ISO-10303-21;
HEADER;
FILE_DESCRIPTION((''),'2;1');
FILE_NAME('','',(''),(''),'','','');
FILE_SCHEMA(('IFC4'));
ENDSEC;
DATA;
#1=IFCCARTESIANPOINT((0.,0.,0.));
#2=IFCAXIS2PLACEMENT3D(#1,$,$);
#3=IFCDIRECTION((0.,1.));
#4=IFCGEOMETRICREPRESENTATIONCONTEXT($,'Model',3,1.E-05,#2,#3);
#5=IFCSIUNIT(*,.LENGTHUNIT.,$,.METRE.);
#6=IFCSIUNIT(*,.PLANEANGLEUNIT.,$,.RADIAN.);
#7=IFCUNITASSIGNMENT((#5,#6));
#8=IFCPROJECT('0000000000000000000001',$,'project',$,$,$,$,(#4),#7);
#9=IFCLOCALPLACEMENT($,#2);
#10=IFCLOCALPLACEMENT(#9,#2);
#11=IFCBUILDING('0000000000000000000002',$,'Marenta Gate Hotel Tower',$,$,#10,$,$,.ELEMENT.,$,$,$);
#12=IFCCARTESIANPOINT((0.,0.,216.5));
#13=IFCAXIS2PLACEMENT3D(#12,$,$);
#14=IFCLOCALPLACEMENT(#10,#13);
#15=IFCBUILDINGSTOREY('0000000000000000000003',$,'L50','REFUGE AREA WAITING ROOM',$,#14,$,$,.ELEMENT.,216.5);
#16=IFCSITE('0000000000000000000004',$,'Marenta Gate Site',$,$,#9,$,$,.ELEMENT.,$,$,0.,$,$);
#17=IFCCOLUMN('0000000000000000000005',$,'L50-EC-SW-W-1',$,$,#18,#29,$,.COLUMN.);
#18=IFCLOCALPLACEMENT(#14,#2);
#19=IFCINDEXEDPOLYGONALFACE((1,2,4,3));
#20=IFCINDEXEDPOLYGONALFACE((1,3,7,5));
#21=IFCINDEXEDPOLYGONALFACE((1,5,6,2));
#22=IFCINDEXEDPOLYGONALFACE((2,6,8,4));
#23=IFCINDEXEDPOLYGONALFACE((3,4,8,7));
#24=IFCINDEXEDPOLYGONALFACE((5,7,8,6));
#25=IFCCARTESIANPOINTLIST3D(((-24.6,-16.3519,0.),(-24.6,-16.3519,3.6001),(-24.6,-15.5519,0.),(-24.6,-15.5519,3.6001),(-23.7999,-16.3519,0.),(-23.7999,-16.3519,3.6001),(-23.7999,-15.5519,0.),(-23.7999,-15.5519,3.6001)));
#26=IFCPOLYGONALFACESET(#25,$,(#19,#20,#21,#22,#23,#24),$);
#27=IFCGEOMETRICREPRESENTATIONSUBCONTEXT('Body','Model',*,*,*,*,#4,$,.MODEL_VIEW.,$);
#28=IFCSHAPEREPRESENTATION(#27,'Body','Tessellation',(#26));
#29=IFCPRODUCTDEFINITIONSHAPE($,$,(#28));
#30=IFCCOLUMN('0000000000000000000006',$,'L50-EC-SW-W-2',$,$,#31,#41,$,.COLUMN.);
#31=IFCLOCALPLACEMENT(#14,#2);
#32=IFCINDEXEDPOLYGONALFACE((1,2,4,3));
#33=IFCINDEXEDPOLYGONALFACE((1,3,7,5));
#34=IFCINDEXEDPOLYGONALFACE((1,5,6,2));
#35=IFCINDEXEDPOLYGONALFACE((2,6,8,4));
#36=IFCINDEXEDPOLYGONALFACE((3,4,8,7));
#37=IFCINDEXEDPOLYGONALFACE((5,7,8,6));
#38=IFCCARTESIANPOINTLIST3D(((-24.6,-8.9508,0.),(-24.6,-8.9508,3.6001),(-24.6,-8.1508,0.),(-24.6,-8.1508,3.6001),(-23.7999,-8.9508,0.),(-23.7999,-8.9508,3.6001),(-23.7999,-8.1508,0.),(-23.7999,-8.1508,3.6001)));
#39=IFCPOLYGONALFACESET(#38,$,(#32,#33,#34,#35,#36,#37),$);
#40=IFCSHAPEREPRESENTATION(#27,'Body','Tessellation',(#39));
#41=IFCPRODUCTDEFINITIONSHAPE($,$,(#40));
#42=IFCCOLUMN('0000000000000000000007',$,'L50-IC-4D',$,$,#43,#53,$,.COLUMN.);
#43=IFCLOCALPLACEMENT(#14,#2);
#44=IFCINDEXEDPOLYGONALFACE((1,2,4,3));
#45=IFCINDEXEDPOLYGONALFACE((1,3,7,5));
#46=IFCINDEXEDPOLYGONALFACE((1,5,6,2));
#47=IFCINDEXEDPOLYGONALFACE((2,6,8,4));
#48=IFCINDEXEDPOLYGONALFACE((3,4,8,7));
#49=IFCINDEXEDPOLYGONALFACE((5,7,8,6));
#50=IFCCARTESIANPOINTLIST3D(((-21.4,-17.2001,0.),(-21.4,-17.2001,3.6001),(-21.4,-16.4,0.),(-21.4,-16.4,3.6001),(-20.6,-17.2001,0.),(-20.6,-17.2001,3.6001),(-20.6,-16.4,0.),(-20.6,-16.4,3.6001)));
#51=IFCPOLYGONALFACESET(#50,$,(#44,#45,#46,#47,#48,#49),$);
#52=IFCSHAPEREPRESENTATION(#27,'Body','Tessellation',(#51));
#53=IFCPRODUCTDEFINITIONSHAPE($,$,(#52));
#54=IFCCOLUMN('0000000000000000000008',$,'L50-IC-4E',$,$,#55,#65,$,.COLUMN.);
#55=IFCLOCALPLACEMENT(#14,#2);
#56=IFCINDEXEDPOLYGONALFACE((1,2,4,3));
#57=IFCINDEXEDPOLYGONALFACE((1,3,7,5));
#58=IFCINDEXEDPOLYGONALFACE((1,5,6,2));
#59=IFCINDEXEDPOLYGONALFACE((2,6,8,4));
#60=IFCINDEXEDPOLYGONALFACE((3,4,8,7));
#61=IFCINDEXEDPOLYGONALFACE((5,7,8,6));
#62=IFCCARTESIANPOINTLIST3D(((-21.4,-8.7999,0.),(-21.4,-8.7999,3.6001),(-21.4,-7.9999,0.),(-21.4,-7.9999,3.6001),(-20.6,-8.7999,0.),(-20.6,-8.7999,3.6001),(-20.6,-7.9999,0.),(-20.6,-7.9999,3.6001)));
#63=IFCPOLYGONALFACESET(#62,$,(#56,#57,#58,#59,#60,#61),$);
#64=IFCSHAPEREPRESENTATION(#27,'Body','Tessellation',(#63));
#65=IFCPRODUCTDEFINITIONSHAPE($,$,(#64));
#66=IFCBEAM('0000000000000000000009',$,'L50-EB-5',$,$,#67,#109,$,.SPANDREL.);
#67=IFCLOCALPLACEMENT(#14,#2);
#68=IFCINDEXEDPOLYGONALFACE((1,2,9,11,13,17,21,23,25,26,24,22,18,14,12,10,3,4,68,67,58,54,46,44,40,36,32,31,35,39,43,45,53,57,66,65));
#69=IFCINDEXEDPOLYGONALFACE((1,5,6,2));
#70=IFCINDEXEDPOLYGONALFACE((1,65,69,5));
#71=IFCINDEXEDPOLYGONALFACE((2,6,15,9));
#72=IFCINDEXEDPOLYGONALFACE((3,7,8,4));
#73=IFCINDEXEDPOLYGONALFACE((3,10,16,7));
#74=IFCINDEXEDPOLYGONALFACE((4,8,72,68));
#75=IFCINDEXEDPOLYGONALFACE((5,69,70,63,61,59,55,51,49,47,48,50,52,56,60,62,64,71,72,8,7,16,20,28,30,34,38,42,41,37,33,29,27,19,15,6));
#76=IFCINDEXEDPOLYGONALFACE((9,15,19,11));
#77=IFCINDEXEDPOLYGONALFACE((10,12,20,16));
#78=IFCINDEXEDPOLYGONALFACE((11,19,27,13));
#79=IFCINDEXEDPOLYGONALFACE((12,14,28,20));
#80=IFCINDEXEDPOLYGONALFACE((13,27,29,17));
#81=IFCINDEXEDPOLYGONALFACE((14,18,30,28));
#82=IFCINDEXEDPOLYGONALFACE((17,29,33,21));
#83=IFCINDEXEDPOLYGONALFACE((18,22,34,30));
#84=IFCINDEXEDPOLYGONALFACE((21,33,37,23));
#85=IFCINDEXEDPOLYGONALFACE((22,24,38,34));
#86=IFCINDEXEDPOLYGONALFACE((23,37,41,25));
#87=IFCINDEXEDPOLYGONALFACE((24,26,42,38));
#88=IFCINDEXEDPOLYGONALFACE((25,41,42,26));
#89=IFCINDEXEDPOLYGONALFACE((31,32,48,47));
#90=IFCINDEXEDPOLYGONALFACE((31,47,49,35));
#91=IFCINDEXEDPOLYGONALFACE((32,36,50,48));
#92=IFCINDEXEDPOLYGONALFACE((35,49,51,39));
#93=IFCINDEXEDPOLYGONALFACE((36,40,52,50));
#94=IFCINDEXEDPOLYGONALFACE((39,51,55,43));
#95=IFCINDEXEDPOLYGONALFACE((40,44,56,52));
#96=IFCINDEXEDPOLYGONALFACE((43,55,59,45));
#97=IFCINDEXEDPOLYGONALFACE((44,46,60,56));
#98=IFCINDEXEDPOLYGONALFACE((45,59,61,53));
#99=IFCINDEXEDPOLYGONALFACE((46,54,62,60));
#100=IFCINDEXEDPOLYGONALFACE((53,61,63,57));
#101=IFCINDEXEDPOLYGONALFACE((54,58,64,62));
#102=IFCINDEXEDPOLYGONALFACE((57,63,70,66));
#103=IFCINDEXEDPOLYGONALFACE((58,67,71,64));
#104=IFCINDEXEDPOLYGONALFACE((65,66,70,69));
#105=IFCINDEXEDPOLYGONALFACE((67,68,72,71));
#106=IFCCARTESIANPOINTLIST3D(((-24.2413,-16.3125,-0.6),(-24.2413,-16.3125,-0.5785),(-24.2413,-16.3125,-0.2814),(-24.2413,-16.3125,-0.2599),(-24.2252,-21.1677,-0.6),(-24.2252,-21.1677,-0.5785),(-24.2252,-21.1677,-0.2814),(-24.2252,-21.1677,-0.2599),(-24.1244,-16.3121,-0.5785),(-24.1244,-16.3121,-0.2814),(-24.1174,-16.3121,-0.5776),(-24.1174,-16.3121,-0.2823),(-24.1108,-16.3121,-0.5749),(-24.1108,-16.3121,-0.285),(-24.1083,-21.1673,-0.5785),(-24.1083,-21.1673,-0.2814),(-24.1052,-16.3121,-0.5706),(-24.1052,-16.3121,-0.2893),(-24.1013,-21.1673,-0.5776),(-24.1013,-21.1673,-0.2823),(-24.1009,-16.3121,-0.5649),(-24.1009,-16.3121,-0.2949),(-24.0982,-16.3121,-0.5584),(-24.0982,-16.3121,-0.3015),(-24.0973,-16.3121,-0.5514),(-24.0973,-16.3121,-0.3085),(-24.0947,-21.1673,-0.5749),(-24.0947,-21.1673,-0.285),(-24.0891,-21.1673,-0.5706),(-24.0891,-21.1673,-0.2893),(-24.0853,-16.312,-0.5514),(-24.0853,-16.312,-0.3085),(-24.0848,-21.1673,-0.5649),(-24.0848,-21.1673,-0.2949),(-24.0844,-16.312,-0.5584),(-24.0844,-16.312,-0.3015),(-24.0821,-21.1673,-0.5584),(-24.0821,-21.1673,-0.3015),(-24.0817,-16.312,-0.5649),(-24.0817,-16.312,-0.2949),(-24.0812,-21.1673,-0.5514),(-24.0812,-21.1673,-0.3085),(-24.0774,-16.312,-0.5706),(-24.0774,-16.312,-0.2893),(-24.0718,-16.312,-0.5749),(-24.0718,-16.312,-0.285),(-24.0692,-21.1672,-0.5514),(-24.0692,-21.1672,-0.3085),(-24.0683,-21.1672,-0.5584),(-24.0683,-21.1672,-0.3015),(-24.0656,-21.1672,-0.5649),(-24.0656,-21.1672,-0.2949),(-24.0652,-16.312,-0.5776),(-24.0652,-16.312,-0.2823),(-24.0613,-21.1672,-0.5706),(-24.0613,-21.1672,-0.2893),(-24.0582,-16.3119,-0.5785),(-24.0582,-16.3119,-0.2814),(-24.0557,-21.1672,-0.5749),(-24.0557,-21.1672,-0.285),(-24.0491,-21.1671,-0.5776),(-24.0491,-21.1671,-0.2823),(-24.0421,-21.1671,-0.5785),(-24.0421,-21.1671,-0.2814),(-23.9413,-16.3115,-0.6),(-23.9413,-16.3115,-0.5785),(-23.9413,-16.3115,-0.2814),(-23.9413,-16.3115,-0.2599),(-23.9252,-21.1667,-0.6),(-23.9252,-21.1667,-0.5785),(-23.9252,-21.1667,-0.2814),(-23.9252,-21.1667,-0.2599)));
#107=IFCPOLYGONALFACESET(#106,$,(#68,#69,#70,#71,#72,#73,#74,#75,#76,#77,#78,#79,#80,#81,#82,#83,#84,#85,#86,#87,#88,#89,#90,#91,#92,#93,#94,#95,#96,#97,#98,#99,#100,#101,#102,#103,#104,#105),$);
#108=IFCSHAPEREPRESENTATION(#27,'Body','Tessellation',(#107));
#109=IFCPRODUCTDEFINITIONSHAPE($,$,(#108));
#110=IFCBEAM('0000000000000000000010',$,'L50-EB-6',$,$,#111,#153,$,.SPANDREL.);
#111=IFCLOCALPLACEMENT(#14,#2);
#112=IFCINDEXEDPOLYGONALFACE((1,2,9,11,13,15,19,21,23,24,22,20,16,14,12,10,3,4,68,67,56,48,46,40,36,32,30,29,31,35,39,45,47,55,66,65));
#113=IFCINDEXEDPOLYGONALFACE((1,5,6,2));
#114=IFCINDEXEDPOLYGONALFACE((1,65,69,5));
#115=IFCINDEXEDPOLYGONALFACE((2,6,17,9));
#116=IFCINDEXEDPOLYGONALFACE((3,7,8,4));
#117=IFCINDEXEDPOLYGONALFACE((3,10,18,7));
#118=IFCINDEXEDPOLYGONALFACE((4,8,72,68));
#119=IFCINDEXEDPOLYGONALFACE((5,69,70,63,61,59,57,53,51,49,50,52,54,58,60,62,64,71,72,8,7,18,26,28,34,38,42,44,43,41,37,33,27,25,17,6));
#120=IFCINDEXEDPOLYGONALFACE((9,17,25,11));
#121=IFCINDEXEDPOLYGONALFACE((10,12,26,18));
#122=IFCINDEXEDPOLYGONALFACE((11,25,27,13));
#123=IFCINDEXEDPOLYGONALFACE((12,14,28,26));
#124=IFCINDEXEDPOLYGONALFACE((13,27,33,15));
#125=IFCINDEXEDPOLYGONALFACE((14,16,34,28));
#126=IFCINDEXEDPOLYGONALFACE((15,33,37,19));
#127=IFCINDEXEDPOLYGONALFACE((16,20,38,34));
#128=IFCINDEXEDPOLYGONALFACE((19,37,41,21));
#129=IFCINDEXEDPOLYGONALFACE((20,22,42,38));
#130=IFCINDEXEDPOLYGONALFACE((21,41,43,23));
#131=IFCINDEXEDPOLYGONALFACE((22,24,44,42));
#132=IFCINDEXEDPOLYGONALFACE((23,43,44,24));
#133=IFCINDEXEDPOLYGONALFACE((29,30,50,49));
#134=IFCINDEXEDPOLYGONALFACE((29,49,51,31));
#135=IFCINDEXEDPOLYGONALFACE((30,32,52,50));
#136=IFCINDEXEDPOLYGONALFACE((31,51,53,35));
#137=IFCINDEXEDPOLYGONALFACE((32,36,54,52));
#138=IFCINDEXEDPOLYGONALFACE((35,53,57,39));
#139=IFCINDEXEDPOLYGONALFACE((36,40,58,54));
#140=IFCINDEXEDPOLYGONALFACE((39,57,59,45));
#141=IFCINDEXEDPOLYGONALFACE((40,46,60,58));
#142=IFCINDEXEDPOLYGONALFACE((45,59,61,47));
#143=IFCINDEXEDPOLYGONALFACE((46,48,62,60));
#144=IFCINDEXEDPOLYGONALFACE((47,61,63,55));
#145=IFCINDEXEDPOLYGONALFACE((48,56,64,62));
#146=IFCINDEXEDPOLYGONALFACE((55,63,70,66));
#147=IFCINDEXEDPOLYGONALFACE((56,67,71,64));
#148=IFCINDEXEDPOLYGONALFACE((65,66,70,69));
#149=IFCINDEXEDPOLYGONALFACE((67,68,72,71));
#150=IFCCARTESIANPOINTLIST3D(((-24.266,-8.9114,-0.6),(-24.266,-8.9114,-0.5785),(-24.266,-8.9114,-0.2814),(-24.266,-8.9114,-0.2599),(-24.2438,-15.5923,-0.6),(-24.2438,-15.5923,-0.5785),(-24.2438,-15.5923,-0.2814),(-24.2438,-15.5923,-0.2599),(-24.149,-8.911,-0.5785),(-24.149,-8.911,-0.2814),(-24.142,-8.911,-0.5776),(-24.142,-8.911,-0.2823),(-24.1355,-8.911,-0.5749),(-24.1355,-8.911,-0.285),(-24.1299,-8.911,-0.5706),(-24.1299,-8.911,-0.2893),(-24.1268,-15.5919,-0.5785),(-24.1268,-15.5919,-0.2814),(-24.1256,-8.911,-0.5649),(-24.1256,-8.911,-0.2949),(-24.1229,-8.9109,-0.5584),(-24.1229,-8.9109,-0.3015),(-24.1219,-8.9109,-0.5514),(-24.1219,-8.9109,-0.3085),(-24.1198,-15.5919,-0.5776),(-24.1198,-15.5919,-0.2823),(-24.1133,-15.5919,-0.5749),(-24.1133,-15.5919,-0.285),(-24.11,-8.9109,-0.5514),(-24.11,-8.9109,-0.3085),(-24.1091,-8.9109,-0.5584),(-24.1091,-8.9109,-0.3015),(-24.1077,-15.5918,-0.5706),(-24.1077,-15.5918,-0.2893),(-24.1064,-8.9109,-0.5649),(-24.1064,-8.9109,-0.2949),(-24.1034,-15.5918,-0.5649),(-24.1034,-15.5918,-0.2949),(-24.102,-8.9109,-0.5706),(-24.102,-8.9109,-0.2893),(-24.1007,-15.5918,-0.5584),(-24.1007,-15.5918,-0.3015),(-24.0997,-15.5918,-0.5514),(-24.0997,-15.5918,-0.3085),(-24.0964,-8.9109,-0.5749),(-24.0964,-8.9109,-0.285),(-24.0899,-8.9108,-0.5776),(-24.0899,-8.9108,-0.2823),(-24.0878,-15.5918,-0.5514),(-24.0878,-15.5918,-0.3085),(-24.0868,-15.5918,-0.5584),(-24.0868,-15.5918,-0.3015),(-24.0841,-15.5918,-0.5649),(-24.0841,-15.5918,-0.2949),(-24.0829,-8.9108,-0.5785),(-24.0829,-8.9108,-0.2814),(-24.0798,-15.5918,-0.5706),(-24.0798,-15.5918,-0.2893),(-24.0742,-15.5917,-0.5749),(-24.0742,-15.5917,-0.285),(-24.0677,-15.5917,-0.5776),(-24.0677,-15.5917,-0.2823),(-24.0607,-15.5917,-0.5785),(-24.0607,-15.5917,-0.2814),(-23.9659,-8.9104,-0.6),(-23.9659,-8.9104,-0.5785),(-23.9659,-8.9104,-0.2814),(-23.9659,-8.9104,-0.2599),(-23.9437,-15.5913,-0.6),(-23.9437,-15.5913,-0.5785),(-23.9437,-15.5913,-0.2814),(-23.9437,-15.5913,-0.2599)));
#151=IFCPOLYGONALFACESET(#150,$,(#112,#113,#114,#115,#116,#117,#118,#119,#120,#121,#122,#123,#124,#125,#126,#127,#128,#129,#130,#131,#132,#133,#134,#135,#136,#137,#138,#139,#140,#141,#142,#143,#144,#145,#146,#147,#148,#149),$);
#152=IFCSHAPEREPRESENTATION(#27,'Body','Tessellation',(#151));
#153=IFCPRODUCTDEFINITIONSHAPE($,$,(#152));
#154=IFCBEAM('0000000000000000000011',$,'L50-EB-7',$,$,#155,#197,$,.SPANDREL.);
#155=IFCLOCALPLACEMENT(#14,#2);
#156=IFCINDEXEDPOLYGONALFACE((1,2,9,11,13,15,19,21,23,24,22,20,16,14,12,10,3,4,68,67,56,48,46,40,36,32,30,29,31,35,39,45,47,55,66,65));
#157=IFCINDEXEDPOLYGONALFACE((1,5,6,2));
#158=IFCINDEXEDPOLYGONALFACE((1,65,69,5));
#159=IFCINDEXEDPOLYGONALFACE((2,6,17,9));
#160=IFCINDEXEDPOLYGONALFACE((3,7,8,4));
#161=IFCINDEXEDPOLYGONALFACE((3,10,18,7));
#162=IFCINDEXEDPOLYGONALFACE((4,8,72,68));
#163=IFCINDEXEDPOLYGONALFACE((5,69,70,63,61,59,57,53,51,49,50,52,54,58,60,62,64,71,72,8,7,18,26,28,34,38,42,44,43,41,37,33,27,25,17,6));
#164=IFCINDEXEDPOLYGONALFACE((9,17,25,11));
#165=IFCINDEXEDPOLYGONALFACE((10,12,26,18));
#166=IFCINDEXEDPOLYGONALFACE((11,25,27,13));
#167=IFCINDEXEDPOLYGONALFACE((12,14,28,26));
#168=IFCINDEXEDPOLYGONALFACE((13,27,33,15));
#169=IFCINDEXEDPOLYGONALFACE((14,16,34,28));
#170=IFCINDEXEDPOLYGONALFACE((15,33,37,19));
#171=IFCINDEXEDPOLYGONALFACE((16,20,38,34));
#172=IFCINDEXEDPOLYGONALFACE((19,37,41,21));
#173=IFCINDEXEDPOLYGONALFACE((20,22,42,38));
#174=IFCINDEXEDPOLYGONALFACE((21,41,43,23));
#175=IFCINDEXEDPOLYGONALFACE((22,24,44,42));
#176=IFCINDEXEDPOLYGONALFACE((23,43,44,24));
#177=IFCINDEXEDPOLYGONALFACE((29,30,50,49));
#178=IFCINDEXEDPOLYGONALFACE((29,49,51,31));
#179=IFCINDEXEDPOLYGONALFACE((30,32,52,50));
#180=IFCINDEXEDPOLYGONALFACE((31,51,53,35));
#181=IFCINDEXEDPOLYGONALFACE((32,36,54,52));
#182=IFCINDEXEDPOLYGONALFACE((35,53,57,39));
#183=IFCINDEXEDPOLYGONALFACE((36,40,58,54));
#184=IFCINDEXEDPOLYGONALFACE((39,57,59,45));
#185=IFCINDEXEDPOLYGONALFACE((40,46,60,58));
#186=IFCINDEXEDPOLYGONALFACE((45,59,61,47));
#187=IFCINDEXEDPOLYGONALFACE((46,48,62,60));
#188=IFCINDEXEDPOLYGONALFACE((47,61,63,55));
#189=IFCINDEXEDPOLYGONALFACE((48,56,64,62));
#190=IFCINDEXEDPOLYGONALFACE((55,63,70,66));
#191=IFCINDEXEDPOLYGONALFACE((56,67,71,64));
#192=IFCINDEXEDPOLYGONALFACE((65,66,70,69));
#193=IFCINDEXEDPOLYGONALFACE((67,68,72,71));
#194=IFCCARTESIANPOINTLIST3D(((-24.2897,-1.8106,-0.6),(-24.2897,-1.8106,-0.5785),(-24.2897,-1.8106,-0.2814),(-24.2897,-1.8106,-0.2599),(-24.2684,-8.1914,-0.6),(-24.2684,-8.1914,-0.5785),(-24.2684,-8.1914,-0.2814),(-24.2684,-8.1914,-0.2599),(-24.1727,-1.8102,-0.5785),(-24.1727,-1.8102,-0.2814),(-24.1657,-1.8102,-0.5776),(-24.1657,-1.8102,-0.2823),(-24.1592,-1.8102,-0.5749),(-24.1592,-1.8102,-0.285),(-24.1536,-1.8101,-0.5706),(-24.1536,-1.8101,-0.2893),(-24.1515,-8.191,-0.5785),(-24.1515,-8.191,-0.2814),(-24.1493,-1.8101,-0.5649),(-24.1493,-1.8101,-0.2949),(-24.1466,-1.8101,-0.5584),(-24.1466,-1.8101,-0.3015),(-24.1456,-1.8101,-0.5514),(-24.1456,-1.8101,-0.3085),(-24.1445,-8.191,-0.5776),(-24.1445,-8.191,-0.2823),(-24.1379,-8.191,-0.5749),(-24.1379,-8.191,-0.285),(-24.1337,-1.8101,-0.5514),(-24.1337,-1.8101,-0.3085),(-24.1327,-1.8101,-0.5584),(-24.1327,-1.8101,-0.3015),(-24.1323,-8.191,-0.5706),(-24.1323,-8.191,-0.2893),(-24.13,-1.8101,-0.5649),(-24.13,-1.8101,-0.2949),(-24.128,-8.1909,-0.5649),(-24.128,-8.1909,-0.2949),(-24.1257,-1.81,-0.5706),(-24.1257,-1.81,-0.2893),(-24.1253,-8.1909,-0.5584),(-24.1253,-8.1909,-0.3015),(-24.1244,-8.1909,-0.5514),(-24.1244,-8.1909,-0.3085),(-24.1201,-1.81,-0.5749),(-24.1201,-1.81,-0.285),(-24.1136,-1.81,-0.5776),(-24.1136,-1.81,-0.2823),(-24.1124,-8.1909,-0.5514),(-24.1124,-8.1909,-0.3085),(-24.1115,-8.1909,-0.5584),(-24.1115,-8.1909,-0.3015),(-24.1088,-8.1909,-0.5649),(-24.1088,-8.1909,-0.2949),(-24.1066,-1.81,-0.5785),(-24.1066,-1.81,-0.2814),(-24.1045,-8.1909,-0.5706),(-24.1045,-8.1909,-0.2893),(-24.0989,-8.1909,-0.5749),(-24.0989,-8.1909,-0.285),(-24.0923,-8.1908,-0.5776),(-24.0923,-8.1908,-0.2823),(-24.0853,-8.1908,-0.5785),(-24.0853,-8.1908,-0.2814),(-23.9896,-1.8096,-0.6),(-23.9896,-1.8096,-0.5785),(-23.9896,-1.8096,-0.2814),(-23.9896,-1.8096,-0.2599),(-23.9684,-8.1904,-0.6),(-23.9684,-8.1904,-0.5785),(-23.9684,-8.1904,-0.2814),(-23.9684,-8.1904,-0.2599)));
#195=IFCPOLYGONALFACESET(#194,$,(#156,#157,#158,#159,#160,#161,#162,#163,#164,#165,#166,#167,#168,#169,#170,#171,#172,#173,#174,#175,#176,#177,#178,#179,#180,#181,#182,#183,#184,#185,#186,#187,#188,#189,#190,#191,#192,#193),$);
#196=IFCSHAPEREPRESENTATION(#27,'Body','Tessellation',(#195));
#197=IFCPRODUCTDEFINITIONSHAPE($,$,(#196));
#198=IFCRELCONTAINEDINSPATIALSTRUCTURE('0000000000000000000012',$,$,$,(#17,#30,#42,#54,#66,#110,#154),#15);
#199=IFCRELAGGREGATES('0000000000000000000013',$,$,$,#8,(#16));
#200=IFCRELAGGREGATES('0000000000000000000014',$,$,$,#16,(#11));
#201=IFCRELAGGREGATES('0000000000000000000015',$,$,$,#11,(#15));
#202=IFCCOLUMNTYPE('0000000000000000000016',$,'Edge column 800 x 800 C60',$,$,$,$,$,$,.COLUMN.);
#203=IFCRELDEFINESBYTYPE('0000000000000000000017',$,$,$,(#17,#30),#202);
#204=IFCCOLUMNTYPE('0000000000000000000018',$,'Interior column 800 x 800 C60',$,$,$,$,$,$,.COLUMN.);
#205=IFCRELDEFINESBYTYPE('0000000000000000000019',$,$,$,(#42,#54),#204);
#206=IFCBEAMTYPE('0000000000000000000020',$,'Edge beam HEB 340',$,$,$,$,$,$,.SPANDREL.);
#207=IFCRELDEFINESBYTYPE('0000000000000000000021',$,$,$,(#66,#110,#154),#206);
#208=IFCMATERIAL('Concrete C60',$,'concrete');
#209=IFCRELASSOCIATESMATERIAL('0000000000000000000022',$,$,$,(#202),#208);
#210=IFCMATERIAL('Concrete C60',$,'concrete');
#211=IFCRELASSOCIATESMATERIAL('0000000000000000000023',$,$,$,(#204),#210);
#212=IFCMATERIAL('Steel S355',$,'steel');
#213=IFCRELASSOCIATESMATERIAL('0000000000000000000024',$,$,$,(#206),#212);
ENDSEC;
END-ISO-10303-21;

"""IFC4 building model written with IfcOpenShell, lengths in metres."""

from ifc_helpers import new_model, si_unit, direction, frame, origin, origin_2d, place, context, subcontext, project, spatial, rectangle, i_section, extrude, material, material_profile, profile_set, type_object, element, save


model = new_model("IFC4")

# Units and contexts
model_context = context("Model", 3, precision=1e-05, world=origin(), true_north=direction((0.0, 1.0)))
body_context = subcontext(model_context, "Body", "Model", "MODEL_VIEW")
ifc_project = project(units=[si_unit("LENGTHUNIT", "METRE"), si_unit("PLANEANGLEUNIT", "RADIAN")], contexts=[model_context])

# Site, building, storey
site_placement = place(None, origin())
site = spatial("IfcSite", under=ifc_project, at=site_placement, Name="Marenta Gate Site", CompositionType="ELEMENT", RefElevation=0.0)
building_placement = place(site_placement, origin())
building = spatial("IfcBuilding", under=site, at=building_placement, Name="Marenta Gate Hotel Tower", CompositionType="ELEMENT")
storey_placement = place(building_placement, frame((0.0, 0.0, 216.5)))
storey = spatial("IfcBuildingStorey", under=building, at=storey_placement, Name="L50", Description="REFUGE AREA WAITING ROOM", CompositionType="ELEMENT", Elevation=216.5)

# Columns
ifc_material_1 = material(Name="Concrete C60", Category="concrete")
ifc_material_profile_1 = material_profile(ifc_material_1, rectangle(XDim=0.8, YDim=0.8, at=origin_2d()), Name="800 x 800")
ifc_profile_set_1 = profile_set([ifc_material_profile_1], Name="Concrete C60")
column_type_1 = type_object("IfcColumnType", Name="Edge column 800 x 800 C60", PredefinedType="COLUMN", material=ifc_profile_set_1)
for number, where, z_axis, x_axis, name in (
    (1, (-24.2, -15.9519, 0.0), (0.0, 0.0, 1.0), (1.0, 0.0, 0.0), "L50-EC-SW-W-1"),
    (2, (-24.2, -8.5508, 0.0), (0.0, 0.0, 1.0), (1.0, 0.0, 0.0), "L50-EC-SW-W-2"),
):
    element("IfcColumn", number, at=place(storey_placement, frame(where, z_axis=z_axis, x_axis=x_axis)), inside=storey, type_object=column_type_1, Name=name, PredefinedType="COLUMN", context=body_context, shape_type="SweptSolid", body=[
        extrude(rectangle(XDim=0.8, YDim=0.8, at=origin_2d()), origin(), (0.0, 0.0, 1.0), 3.6001),
    ])
ifc_material_2 = material(Name="Concrete C60", Category="concrete")
ifc_material_profile_2 = material_profile(ifc_material_2, rectangle(XDim=0.8, YDim=0.8, at=origin_2d()), Name="800 x 800")
ifc_profile_set_2 = profile_set([ifc_material_profile_2], Name="Concrete C60")
column_type_2 = type_object("IfcColumnType", Name="Interior column 800 x 800 C60", PredefinedType="COLUMN", material=ifc_profile_set_2)
for number, where, z_axis, x_axis, name in (
    (3, (-21.0, -16.8, 0.0), (0.0, 0.0, 1.0), (1.0, 0.0, 0.0), "L50-IC-4D"),
    (4, (-21.0, -8.3999, 0.0), (0.0, 0.0, 1.0), (1.0, 0.0, 0.0), "L50-IC-4E"),
):
    element("IfcColumn", number, at=place(storey_placement, frame(where, z_axis=z_axis, x_axis=x_axis)), inside=storey, type_object=column_type_2, Name=name, PredefinedType="COLUMN", context=body_context, shape_type="SweptSolid", body=[
        extrude(rectangle(XDim=0.8, YDim=0.8, at=origin_2d()), origin(), (0.0, 0.0, 1.0), 3.6001),
    ])

# Beams
ifc_material_3 = material(Name="Steel S355", Category="steel")
ifc_material_profile_3 = material_profile(ifc_material_3, i_section(OverallWidth=0.3, OverallDepth=0.3401, WebThickness=0.012, FlangeThickness=0.0215, FilletRadius=0.0271, at=origin_2d()), Name="HEB 340")
ifc_profile_set_3 = profile_set([ifc_material_profile_3], Name="Steel S355")
beam_type_1 = type_object("IfcBeamType", Name="Edge beam HEB 340", PredefinedType="SPANDREL", material=ifc_profile_set_3)
beam_1_placement = place(storey_placement, frame((-24.0752, -21.1672, -0.4299), z_axis=(-0.003319, 0.999994, 0.0), x_axis=(-0.999994, -0.003319, 0.0)))
element("IfcBeam", 5, at=beam_1_placement, inside=storey, type_object=beam_type_1, Name="L50-EB-5", PredefinedType="SPANDREL", context=body_context, shape_type="SweptSolid", body=[
    extrude(i_section(OverallWidth=0.3, OverallDepth=0.3401, WebThickness=0.012, FlangeThickness=0.0215, FilletRadius=0.0271, at=origin_2d()), origin(), (0.0, 0.0, 1.0), 4.8552),
])
beam_2_placement = place(storey_placement, frame((-24.0938, -15.5918, -0.4299), z_axis=(-0.003325, 0.999994, 0.0), x_axis=(-0.999994, -0.003325, 0.0)))
element("IfcBeam", 6, at=beam_2_placement, inside=storey, type_object=beam_type_1, Name="L50-EB-6", PredefinedType="SPANDREL", context=body_context, shape_type="SweptSolid", body=[
    extrude(i_section(OverallWidth=0.3, OverallDepth=0.3401, WebThickness=0.012, FlangeThickness=0.0215, FilletRadius=0.0271, at=origin_2d()), origin(), (0.0, 0.0, 1.0), 6.6809),
])
beam_3_placement = place(storey_placement, frame((-24.1184, -8.1909, -0.4299), z_axis=(-0.003329, 0.999994, 0.0), x_axis=(-0.999994, -0.003329, 0.0)))
element("IfcBeam", 7, at=beam_3_placement, inside=storey, type_object=beam_type_1, Name="L50-EB-7", PredefinedType="SPANDREL", context=body_context, shape_type="SweptSolid", body=[
    extrude(i_section(OverallWidth=0.3, OverallDepth=0.3401, WebThickness=0.012, FlangeThickness=0.0215, FilletRadius=0.0271, at=origin_2d()), origin(), (0.0, 0.0, 1.0), 6.3809),
])

save(model, "model.ifc")
